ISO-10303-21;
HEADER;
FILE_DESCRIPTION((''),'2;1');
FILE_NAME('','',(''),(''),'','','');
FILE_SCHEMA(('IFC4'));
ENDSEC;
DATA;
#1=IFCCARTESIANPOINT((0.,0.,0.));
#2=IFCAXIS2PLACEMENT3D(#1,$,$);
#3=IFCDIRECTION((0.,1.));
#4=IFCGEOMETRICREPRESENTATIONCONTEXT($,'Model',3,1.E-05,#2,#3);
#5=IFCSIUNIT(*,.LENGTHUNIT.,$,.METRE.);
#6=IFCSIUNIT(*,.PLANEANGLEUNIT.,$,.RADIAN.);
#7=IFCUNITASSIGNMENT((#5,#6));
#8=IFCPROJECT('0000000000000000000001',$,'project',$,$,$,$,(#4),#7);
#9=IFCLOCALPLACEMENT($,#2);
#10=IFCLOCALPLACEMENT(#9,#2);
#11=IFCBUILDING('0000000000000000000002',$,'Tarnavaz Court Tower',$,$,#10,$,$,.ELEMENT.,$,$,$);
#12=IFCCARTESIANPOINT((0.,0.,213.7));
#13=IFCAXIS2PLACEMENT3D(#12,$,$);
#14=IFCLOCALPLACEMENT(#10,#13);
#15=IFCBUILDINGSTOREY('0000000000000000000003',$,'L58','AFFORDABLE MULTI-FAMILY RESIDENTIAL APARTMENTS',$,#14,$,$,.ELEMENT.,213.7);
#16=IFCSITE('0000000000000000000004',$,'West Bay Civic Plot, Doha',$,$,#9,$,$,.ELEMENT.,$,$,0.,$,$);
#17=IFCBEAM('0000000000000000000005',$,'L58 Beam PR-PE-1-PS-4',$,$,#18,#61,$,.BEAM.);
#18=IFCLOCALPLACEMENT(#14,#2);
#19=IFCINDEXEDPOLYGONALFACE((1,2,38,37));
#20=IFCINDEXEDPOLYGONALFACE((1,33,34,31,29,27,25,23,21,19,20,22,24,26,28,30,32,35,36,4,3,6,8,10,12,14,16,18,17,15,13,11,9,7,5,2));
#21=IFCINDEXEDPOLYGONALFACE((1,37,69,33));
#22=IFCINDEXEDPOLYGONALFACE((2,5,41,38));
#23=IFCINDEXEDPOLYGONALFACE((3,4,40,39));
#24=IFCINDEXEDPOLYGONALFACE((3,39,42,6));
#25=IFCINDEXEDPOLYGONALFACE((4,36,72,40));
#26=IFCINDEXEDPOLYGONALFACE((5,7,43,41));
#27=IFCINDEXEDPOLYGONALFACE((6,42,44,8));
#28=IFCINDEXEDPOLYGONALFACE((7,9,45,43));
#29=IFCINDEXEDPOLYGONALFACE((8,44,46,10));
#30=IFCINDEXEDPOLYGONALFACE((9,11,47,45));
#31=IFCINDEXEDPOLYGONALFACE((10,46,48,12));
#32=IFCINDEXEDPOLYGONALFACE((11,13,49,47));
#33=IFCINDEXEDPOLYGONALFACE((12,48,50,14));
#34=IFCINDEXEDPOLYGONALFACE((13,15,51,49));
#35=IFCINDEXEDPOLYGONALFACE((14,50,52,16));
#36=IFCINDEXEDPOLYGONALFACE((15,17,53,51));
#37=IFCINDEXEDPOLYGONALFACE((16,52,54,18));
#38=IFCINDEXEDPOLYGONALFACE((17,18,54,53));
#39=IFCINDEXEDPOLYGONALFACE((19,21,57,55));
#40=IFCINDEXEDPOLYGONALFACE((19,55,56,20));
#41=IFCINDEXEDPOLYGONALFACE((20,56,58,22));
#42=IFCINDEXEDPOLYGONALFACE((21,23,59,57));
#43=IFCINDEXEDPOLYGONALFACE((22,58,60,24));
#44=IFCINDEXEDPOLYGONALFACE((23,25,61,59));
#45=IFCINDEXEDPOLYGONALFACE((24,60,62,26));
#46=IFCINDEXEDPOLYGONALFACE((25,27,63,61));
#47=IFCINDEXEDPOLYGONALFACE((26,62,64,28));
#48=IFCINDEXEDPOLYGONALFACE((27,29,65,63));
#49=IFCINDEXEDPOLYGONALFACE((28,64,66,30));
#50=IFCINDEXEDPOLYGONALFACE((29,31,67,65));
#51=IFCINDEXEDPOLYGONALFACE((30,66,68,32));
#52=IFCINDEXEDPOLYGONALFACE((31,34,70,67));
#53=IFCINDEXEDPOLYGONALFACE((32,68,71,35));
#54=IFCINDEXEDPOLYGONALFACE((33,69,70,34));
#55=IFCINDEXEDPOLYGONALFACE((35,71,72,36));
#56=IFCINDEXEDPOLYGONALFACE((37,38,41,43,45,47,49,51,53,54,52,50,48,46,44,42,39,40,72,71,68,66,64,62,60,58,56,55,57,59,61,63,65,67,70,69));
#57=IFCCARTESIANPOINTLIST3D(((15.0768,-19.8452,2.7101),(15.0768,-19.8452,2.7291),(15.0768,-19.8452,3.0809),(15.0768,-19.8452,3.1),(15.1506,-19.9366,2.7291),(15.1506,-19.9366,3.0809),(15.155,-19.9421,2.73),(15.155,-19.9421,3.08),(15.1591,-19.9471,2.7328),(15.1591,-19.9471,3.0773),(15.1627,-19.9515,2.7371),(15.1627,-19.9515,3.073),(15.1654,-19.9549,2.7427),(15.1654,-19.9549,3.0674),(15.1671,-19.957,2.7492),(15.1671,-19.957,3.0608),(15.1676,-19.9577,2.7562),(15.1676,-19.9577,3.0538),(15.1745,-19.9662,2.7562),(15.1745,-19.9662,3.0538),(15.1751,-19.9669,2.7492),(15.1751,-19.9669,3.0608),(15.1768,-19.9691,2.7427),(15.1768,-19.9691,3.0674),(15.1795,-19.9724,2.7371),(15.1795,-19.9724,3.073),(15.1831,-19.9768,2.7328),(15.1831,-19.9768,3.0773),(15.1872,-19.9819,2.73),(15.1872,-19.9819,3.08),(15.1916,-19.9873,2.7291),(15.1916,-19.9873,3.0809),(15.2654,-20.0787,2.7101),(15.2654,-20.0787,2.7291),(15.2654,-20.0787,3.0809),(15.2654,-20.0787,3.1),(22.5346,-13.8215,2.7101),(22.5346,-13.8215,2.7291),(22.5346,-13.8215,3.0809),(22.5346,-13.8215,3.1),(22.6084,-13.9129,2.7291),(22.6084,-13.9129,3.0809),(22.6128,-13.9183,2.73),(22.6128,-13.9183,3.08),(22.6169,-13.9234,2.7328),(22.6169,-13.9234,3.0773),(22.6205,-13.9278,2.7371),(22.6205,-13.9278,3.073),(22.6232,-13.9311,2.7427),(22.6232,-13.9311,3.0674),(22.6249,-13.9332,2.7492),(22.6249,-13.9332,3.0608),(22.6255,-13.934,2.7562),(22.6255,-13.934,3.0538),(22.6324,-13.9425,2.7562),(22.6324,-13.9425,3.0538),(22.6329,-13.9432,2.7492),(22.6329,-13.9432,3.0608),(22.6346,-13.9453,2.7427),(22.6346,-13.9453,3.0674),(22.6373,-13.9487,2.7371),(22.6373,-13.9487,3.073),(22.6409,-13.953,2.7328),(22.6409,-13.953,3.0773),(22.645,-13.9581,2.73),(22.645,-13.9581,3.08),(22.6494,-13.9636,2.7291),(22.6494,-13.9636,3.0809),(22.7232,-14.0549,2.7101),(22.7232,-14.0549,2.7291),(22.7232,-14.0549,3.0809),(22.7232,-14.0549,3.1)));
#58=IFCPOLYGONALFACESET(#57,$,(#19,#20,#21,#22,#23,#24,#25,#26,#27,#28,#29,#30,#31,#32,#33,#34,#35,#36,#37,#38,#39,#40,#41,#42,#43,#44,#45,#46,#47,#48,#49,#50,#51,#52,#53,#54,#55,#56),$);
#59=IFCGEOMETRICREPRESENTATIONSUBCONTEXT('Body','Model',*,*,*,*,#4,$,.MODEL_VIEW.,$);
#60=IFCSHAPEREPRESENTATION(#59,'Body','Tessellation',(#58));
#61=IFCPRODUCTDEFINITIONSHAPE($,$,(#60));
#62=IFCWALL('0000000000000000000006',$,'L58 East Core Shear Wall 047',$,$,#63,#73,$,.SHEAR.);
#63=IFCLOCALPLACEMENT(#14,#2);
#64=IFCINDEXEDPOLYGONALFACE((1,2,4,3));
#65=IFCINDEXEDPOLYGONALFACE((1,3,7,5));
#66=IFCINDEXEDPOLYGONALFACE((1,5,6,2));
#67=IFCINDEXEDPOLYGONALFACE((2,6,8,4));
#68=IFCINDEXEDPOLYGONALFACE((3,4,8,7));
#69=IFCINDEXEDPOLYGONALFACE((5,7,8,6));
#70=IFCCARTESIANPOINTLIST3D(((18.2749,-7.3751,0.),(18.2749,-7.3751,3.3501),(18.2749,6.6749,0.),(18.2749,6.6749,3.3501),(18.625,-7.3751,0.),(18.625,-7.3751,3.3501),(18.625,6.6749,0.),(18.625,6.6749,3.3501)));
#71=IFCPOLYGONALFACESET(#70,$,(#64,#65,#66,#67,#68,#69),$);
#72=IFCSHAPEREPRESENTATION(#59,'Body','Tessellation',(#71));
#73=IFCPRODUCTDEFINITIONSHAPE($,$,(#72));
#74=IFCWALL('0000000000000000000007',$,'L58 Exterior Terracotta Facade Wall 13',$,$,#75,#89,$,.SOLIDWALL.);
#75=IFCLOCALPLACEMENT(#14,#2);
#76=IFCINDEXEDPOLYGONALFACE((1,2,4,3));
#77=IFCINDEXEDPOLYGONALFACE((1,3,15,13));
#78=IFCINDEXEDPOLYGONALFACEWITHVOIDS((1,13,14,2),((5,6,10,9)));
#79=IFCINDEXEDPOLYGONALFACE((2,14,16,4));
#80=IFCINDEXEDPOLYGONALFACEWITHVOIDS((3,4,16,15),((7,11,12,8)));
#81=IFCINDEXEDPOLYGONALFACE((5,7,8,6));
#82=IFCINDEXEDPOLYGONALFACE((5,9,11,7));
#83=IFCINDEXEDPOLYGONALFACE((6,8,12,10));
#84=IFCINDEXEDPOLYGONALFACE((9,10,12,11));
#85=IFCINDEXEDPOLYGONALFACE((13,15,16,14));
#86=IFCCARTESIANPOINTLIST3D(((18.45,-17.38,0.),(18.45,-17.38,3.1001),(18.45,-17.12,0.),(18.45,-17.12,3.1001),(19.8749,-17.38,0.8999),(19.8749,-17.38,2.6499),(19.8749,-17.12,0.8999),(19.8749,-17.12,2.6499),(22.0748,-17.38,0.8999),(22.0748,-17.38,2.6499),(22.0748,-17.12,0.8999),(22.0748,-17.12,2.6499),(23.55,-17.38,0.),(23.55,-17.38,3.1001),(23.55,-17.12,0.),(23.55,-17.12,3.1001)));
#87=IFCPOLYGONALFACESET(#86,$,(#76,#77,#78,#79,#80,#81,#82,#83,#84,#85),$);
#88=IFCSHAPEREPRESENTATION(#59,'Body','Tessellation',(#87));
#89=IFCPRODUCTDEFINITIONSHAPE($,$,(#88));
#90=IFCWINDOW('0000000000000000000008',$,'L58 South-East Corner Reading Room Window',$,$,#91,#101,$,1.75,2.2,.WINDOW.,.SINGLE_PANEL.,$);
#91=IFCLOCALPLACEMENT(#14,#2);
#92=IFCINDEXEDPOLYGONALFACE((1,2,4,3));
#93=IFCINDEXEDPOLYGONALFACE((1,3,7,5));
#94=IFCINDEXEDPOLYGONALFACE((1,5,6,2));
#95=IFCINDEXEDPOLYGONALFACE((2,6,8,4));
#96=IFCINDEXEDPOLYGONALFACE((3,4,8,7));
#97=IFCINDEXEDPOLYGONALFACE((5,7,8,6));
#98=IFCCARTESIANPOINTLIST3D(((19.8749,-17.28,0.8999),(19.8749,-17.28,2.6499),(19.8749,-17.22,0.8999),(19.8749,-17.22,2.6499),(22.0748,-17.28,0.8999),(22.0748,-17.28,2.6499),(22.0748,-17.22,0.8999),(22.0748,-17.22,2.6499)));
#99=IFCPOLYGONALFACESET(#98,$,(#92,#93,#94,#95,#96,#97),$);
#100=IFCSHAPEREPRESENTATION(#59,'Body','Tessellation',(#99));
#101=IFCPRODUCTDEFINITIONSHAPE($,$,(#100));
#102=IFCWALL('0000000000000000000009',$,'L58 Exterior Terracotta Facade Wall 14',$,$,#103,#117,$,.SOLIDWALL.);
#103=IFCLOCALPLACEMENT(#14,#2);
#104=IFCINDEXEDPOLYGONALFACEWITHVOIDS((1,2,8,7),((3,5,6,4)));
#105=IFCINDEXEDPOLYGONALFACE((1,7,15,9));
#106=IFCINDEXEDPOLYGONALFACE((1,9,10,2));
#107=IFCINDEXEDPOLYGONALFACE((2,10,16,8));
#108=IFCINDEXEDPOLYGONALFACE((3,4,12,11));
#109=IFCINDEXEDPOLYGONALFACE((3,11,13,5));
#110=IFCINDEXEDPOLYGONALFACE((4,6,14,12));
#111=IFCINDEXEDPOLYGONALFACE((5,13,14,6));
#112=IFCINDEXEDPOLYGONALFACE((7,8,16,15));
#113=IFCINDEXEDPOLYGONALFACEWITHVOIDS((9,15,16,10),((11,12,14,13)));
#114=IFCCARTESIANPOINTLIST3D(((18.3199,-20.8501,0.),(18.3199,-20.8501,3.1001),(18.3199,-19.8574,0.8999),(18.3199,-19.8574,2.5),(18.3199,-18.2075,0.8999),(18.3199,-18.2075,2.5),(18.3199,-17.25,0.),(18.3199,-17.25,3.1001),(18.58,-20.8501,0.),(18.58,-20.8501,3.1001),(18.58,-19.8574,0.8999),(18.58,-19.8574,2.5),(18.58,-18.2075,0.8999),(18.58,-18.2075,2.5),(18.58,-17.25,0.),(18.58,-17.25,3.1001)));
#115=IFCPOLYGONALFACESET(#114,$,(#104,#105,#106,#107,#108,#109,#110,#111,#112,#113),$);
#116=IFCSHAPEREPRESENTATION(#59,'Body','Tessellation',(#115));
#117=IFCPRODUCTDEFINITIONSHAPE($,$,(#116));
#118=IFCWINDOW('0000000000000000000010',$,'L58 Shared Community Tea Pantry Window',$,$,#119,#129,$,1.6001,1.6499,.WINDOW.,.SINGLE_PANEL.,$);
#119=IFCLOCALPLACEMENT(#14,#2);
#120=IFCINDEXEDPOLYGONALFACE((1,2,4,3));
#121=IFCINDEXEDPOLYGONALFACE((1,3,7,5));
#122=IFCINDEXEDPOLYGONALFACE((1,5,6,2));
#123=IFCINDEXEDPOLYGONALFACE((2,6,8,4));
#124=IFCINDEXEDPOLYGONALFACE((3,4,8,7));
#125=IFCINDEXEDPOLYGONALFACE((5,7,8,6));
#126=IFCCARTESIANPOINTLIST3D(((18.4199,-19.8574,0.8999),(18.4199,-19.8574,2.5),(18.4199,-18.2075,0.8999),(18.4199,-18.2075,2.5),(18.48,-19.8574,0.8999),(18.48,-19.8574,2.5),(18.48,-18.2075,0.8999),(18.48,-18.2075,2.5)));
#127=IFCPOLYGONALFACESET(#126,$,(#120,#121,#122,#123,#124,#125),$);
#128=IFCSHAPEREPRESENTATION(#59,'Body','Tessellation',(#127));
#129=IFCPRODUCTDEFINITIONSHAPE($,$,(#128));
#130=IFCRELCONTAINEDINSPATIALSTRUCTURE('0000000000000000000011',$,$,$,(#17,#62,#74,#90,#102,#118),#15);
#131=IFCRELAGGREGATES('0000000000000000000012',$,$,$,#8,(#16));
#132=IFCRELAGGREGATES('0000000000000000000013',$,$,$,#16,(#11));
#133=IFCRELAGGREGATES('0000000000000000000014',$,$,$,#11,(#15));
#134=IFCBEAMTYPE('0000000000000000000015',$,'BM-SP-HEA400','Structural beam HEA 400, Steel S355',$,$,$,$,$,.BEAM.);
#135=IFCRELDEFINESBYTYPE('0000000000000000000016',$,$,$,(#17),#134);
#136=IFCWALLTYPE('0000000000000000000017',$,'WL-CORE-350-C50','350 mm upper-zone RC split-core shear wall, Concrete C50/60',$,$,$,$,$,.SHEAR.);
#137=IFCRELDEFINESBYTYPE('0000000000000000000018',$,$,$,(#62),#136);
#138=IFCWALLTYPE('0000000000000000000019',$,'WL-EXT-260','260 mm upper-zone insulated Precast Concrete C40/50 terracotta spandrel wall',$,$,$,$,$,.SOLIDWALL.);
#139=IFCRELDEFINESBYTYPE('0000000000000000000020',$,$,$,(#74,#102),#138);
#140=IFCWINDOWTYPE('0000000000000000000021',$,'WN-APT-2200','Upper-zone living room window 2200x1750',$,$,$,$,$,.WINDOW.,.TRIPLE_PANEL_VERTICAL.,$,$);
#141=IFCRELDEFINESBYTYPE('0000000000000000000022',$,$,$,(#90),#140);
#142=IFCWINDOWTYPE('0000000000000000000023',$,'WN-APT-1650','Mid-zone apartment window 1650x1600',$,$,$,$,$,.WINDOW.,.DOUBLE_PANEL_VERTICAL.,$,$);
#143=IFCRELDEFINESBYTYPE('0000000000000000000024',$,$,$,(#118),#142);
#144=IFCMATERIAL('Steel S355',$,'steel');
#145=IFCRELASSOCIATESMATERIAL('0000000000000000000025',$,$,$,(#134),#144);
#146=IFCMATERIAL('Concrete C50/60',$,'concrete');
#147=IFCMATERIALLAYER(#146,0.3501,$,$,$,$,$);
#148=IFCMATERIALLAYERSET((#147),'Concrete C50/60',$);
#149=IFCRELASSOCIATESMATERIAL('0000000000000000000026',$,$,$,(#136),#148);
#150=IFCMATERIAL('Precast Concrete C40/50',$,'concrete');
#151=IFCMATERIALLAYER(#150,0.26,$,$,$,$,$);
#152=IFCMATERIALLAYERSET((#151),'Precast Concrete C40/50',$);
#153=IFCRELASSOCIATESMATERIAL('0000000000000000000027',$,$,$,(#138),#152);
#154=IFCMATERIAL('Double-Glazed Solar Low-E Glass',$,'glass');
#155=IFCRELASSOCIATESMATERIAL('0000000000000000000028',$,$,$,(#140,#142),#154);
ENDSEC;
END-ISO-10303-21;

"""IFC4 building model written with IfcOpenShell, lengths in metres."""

from ifc_helpers import new_model, si_unit, direction, frame, frame_2d, origin, origin_2d, place, context, subcontext, project, spatial, rectangle, i_section, extrude, material, layer, layer_set, material_profile, profile_set, type_object, element, fill, save


model = new_model("IFC4")

# Units and contexts
model_context = context("Model", 3, precision=1e-05, world=origin(), true_north=direction((0.0, 1.0)))
body_context = subcontext(model_context, "Body", "Model", "MODEL_VIEW")
ifc_project = project(units=[si_unit("LENGTHUNIT", "METRE"), si_unit("PLANEANGLEUNIT", "RADIAN")], contexts=[model_context])

# Site, building, storey
site_placement = place(None, origin())
site = spatial("IfcSite", under=ifc_project, at=site_placement, Name="West Bay Civic Plot, Doha", CompositionType="ELEMENT", RefElevation=0.0)
building_placement = place(site_placement, origin())
building = spatial("IfcBuilding", under=site, at=building_placement, Name="Tarnavaz Court Tower", CompositionType="ELEMENT")
storey_placement = place(building_placement, frame((0.0, 0.0, 213.7)))
storey = spatial("IfcBuildingStorey", under=building, at=storey_placement, Name="L58", Description="AFFORDABLE MULTI-FAMILY RESIDENTIAL APARTMENTS", CompositionType="ELEMENT", Elevation=213.7)

# Shared definitions
ifc_material_1 = material(Name="Concrete C50/60", Category="concrete")

# Beam
ifc_material_2 = material(Name="Steel S355", Category="steel")
ifc_material_profile_1 = material_profile(ifc_material_2, i_section(OverallWidth=0.3, OverallDepth=0.3899, WebThickness=0.011, FlangeThickness=0.019, FilletRadius=0.0271, at=origin_2d()), Name="HEA 400")
ifc_profile_set_1 = profile_set([ifc_material_profile_1], Name="Steel S355")
beam_type_1 = type_object("IfcBeamType", Name="BM-SP-HEA400", Description="Structural beam HEA 400, Steel S355", PredefinedType="BEAM", material=ifc_profile_set_1)
beam_1_placement = place(storey_placement, frame((22.6289, -13.9382, 2.905), z_axis=(-0.777936, -0.628344, 0.0), x_axis=(0.628344, -0.777936, 0.0)))
element("IfcBeam", 1, at=beam_1_placement, inside=storey, type_object=beam_type_1, Name="L58 Beam PR-PE-1-PS-4", PredefinedType="BEAM", context=body_context, shape_type="SweptSolid", body=[
    extrude(i_section(OverallWidth=0.3, OverallDepth=0.3899, WebThickness=0.011, FlangeThickness=0.019, FilletRadius=0.0271, at=origin_2d()), origin(), (0.0, 0.0, 1.0), 9.5867),
])

# Wall
ifc_layer_1 = layer(ifc_material_1, 0.3501)
ifc_layer_set_1 = layer_set([ifc_layer_1], Name="Concrete C50/60")
wall_type_1 = type_object("IfcWallType", Name="WL-CORE-350-C50", Description="350 mm upper-zone RC split-core shear wall, Concrete C50/60", PredefinedType="SHEAR", material=ifc_layer_set_1)
wall_1_placement = place(storey_placement, frame((18.45, -7.375, 0.0), z_axis=(0.0, 0.0, 1.0), x_axis=(0.0, 1.0, 0.0)))
element("IfcWall", 2, at=wall_1_placement, inside=storey, type_object=wall_type_1, Name="L58 East Core Shear Wall 047", PredefinedType="SHEAR", context=body_context, shape_type="SweptSolid", body=[
    extrude(rectangle(XDim=14.05, YDim=0.3501, at=frame_2d((7.0249, 0.0))), origin(), (0.0, 0.0, 1.0), 3.3501),
])

# Walls, openings, windows
ifc_material_3 = material(Name="Precast Concrete C40/50", Category="concrete")
ifc_layer_2 = layer(ifc_material_3, 0.26)
ifc_layer_set_2 = layer_set([ifc_layer_2], Name="Precast Concrete C40/50")
wall_type_2 = type_object("IfcWallType", Name="WL-EXT-260", Description="260 mm upper-zone insulated Precast Concrete C40/50 terracotta spandrel wall", PredefinedType="SOLIDWALL", material=ifc_layer_set_2)
wall_2_placement = place(storey_placement, frame((23.55, -17.25, 0.0), z_axis=(0.0, 0.0, 1.0), x_axis=(-1.0, 0.0, 0.0)))
wall_2 = element("IfcWall", 3, at=wall_2_placement, inside=storey, type_object=wall_type_2, Name="L58 Exterior Terracotta Facade Wall 13", PredefinedType="SOLIDWALL", context=body_context, shape_type="SweptSolid", body=[
    extrude(rectangle(XDim=5.1001, YDim=0.26, at=frame_2d((2.55, 0.0))), origin(), (0.0, 0.0, 1.0), 3.1001),
])
opening_1_placement = place(wall_2_placement, frame((1.4751, 0.0, 0.8999)))
opening_1 = element("IfcOpeningElement", 4, at=opening_1_placement, cuts=wall_2, PredefinedType="OPENING", context=body_context, shape_type="SweptSolid", body=[
    extrude(rectangle(XDim=2.2, YDim=1.75, at=frame_2d((1.1001, 0.875))), frame((0.0, 0.1399, 0.0), z_axis=(0.0, -1.0, 0.0), x_axis=(1.0, 0.0, 0.0)), (0.0, 0.0, 1.0), 0.28),
])
ifc_material_4 = material(Name="Double-Glazed Solar Low-E Glass", Category="glass")
window_type_1 = type_object("IfcWindowType", Name="WN-APT-2200", Description="Upper-zone living room window 2200x1750", PartitioningType="TRIPLE_PANEL_VERTICAL", PredefinedType="WINDOW", material=ifc_material_4)
window_1_placement = place(opening_1_placement, origin())
window_1 = element("IfcWindow", 5, at=window_1_placement, inside=storey, type_object=window_type_1, Name="L58 South-East Corner Reading Room Window", OverallHeight=1.75, OverallWidth=2.2, PartitioningType="SINGLE_PANEL", PredefinedType="WINDOW", context=body_context, shape_type="SweptSolid", body=[
    extrude(rectangle(XDim=2.2, YDim=1.75, at=frame_2d((1.1001, 0.875))), frame((0.0, 0.03, 0.0), z_axis=(0.0, -1.0, 0.0), x_axis=(1.0, 0.0, 0.0)), (0.0, 0.0, 1.0), 0.0601),
])
fill(opening_1, window_1)
wall_3_placement = place(storey_placement, frame((18.45, -17.25, 0.0), z_axis=(0.0, 0.0, 1.0), x_axis=(0.0, -1.0, 0.0)))
wall_3 = element("IfcWall", 6, at=wall_3_placement, inside=storey, type_object=wall_type_2, Name="L58 Exterior Terracotta Facade Wall 14", PredefinedType="SOLIDWALL", context=body_context, shape_type="SweptSolid", body=[
    extrude(rectangle(XDim=3.6001, YDim=0.26, at=frame_2d((1.8, 0.0))), origin(), (0.0, 0.0, 1.0), 3.1001),
])
opening_2_placement = place(wall_3_placement, frame((0.9575, 0.0, 0.8999)))
opening_2 = element("IfcOpeningElement", 7, at=opening_2_placement, cuts=wall_3, PredefinedType="OPENING", context=body_context, shape_type="SweptSolid", body=[
    extrude(rectangle(XDim=1.6499, YDim=1.6001, at=frame_2d((0.825, 0.8))), frame((0.0, 0.1399, 0.0), z_axis=(0.0, -1.0, 0.0), x_axis=(1.0, 0.0, 0.0)), (0.0, 0.0, 1.0), 0.28),
])
window_type_2 = type_object("IfcWindowType", Name="WN-APT-1650", Description="Mid-zone apartment window 1650x1600", PartitioningType="DOUBLE_PANEL_VERTICAL", PredefinedType="WINDOW", material=ifc_material_4)
window_2_placement = place(opening_2_placement, origin())
window_2 = element("IfcWindow", 8, at=window_2_placement, inside=storey, type_object=window_type_2, Name="L58 Shared Community Tea Pantry Window", OverallHeight=1.6001, OverallWidth=1.6499, PartitioningType="SINGLE_PANEL", PredefinedType="WINDOW", context=body_context, shape_type="SweptSolid", body=[
    extrude(rectangle(XDim=1.6499, YDim=1.6001, at=frame_2d((0.825, 0.8))), frame((0.0, 0.03, 0.0), z_axis=(0.0, -1.0, 0.0), x_axis=(1.0, 0.0, 0.0)), (0.0, 0.0, 1.0), 0.0601),
])
fill(opening_2, window_2)

save(model, "model.ifc")
